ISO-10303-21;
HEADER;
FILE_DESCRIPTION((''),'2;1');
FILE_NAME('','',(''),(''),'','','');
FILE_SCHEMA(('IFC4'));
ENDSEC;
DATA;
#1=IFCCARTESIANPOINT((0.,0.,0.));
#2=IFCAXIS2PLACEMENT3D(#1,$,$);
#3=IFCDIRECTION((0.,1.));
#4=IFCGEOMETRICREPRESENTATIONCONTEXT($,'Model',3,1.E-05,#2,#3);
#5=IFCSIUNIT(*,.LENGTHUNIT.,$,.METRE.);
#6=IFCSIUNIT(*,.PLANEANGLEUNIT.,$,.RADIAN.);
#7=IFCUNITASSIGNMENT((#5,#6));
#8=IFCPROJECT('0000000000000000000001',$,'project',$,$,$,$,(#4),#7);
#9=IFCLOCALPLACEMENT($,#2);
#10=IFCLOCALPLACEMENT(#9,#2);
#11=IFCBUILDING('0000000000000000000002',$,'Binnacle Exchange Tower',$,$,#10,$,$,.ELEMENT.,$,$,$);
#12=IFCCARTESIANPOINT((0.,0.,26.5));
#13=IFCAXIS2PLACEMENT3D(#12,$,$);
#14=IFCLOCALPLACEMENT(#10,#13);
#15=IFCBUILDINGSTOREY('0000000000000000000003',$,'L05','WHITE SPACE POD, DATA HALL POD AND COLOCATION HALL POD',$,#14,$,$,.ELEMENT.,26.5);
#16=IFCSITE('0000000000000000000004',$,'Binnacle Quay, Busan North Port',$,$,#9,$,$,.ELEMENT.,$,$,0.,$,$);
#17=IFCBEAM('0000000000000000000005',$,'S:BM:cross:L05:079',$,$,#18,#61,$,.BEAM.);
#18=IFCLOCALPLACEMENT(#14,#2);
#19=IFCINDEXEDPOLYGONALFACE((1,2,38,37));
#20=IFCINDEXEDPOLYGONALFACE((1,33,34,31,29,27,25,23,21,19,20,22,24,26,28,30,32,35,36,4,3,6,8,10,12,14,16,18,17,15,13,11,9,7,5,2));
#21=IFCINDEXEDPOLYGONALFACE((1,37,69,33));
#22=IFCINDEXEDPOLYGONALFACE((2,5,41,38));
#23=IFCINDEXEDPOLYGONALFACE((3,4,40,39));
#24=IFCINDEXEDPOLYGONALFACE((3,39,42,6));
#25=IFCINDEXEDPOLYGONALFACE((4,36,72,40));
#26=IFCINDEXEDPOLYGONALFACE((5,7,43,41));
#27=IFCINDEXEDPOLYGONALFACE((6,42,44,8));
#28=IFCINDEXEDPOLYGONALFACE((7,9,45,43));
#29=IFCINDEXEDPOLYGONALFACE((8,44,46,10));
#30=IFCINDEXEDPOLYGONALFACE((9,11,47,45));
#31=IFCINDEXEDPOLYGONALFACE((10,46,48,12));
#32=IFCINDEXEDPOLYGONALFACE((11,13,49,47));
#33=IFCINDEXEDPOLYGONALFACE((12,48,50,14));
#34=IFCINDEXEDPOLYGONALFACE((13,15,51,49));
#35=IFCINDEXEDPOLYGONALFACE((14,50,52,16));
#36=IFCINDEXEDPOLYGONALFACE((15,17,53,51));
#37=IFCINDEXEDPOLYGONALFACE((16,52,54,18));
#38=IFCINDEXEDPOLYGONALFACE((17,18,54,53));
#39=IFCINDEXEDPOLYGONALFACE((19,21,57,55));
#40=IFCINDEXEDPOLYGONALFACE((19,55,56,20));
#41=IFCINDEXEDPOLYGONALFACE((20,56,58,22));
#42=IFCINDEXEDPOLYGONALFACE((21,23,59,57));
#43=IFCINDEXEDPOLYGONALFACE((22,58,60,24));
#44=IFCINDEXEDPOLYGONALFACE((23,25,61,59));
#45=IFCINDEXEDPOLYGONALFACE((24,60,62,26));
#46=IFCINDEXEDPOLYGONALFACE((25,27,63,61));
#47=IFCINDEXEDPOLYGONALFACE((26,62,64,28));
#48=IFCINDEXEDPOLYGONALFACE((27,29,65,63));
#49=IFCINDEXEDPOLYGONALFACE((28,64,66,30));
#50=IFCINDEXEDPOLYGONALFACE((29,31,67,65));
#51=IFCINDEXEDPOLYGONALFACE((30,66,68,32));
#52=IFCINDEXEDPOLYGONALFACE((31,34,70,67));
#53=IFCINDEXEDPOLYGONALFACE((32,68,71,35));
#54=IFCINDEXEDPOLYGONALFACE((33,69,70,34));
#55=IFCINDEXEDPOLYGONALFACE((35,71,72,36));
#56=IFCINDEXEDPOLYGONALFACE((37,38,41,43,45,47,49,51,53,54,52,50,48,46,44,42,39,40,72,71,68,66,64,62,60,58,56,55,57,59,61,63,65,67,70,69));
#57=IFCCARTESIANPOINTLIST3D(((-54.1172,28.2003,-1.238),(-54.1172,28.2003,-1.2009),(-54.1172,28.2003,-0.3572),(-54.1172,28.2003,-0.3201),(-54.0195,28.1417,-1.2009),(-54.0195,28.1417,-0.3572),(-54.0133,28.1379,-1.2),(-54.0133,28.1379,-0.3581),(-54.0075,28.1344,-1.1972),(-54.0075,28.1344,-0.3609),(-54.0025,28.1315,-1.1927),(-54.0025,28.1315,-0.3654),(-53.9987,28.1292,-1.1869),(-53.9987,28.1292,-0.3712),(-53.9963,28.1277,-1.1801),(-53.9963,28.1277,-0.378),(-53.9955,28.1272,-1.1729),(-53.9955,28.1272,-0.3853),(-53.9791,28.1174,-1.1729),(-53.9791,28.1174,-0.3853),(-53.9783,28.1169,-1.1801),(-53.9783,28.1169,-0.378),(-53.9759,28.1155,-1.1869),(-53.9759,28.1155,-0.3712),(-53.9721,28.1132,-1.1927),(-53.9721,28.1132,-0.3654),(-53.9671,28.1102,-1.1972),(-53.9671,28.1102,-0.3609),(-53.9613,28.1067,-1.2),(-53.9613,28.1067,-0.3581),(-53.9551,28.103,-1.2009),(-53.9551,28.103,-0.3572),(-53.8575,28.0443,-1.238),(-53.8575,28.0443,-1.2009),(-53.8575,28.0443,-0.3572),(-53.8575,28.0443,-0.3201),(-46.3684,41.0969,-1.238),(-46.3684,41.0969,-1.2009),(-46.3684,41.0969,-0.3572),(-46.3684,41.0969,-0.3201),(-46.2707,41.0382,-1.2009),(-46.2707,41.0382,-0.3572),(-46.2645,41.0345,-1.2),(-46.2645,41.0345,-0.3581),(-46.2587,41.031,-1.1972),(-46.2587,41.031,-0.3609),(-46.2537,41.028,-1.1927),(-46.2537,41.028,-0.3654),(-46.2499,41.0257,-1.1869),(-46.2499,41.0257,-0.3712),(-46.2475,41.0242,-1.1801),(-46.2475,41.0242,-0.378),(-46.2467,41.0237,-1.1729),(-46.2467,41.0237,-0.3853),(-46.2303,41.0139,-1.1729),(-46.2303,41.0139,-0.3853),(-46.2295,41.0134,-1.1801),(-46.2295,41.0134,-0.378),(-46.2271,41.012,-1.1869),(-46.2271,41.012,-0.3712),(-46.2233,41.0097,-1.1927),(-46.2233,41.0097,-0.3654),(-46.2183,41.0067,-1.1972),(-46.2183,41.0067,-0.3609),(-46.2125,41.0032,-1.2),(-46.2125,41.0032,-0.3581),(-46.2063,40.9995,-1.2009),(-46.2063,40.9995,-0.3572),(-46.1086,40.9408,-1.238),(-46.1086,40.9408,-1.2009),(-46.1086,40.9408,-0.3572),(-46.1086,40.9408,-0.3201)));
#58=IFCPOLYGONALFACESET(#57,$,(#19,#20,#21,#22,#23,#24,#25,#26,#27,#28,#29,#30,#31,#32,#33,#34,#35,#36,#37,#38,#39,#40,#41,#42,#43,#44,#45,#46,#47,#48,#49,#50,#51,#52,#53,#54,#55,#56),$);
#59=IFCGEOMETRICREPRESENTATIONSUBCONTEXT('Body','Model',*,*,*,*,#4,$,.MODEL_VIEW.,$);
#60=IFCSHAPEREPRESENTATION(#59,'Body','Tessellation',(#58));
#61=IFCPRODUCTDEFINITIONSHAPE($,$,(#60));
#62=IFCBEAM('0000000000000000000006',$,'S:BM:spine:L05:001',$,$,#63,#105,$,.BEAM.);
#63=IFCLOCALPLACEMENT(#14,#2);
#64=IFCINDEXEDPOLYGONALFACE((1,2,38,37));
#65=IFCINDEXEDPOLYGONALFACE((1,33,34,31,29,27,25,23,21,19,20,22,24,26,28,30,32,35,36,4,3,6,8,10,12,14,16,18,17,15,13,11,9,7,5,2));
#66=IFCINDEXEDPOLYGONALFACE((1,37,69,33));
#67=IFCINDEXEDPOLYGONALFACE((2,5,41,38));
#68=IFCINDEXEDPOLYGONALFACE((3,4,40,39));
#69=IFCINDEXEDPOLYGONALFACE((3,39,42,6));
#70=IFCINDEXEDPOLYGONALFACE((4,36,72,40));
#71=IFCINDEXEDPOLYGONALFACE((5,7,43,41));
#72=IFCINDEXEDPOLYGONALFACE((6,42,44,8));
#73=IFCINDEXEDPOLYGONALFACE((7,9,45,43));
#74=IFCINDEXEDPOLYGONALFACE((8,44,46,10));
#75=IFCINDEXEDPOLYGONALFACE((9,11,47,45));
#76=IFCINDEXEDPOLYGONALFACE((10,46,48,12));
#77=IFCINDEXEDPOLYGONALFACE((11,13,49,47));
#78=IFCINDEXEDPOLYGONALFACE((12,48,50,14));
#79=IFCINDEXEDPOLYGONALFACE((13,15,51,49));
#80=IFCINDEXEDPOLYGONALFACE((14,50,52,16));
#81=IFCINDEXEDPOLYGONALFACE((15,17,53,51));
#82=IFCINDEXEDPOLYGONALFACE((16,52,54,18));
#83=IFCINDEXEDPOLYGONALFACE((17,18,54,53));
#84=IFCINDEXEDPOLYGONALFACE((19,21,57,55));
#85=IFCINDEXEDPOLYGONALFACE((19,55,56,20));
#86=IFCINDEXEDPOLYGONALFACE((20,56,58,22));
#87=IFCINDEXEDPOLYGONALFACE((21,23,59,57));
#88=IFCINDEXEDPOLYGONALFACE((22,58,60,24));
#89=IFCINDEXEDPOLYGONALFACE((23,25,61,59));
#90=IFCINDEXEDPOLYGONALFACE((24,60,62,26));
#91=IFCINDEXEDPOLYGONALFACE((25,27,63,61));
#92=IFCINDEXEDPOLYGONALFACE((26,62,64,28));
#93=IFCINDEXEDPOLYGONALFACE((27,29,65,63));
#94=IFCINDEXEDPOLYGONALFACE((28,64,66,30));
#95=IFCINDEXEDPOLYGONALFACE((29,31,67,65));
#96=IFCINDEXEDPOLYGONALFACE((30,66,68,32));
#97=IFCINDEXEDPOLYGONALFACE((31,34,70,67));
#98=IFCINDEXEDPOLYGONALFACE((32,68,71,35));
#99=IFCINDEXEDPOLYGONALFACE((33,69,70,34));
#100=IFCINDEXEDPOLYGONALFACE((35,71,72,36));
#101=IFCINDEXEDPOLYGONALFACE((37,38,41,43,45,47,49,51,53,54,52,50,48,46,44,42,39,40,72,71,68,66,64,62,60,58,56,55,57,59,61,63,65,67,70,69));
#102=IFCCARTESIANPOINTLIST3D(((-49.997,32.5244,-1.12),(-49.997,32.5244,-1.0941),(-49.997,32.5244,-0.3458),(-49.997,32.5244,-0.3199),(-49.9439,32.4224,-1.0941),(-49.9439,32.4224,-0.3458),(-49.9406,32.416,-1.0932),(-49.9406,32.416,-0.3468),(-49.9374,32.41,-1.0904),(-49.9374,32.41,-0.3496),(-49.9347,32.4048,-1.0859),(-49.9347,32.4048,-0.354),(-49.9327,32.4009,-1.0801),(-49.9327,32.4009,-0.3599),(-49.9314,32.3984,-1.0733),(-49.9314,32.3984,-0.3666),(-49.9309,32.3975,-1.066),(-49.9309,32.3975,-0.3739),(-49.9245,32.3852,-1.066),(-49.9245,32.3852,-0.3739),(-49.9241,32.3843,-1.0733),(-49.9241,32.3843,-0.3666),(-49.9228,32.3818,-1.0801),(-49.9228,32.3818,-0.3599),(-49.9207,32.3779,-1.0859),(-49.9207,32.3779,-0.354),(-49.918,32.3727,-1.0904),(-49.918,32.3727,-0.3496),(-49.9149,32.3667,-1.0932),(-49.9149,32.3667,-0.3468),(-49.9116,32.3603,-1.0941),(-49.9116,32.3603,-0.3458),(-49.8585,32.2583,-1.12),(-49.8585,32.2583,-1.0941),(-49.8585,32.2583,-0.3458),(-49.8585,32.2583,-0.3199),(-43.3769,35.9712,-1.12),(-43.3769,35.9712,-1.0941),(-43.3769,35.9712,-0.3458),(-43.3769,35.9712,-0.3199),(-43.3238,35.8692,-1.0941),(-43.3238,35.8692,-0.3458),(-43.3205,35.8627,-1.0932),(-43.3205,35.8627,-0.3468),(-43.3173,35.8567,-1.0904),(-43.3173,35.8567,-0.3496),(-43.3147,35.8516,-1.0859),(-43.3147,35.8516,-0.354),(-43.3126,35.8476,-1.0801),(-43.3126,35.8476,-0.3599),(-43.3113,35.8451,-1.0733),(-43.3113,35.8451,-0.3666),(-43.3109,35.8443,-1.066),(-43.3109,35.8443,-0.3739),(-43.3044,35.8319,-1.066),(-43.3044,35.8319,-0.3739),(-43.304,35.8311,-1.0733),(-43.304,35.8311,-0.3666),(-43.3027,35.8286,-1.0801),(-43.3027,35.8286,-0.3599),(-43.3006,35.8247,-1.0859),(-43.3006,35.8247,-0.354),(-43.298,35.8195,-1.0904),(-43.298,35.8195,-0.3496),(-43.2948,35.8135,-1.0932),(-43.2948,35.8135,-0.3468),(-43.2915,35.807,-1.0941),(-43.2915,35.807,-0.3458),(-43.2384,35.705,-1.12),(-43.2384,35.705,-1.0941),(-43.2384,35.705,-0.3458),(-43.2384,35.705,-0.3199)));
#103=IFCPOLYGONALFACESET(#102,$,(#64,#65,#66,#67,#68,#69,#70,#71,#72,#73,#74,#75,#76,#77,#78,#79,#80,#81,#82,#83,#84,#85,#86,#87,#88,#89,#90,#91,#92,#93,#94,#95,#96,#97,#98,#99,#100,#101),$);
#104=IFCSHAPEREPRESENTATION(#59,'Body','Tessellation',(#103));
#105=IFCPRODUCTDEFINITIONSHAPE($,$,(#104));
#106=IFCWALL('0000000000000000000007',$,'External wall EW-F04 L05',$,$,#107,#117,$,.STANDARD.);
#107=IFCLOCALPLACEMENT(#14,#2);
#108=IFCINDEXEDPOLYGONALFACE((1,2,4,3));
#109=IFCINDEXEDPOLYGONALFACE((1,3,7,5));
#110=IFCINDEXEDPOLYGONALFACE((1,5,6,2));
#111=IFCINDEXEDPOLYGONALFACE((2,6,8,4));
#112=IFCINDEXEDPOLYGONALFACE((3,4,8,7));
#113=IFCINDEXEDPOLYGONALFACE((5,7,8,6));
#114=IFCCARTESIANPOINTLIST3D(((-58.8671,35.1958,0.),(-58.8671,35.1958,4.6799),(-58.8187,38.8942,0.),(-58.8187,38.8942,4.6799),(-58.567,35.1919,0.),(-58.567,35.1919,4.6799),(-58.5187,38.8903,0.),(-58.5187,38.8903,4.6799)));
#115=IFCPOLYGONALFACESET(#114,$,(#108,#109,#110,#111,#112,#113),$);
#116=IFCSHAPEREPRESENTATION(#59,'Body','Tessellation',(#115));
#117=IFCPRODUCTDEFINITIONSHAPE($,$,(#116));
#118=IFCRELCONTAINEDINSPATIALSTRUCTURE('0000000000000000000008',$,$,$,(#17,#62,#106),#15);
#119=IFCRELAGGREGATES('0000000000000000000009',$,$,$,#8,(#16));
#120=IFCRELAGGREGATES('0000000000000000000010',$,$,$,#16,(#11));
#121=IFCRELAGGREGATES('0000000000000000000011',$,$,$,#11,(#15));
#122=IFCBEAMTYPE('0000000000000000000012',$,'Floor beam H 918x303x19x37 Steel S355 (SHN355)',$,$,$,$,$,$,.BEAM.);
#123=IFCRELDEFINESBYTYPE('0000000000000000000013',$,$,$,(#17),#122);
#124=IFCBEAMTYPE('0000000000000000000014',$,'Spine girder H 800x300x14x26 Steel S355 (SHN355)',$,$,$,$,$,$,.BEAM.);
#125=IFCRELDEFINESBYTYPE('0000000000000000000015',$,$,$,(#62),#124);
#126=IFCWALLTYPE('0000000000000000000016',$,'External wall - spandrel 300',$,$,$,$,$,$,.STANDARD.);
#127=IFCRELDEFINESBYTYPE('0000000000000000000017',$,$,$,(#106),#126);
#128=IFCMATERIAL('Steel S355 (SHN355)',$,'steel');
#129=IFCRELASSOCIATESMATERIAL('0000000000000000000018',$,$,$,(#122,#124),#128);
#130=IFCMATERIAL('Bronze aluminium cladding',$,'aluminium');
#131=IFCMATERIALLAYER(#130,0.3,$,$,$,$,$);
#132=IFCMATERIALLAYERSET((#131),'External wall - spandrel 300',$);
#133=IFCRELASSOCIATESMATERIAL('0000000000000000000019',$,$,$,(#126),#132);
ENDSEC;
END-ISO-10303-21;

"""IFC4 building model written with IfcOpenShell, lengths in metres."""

from ifc_helpers import new_model, si_unit, direction, frame, frame_2d, origin, origin_2d, place, context, subcontext, project, spatial, rectangle, i_section, extrude, material, layer, layer_set, material_profile, profile_set, type_object, element, save


model = new_model("IFC4")

# Units and contexts
model_context = context("Model", 3, precision=1e-05, world=origin(), true_north=direction((0.0, 1.0)))
body_context = subcontext(model_context, "Body", "Model", "MODEL_VIEW")
ifc_project = project(units=[si_unit("LENGTHUNIT", "METRE"), si_unit("PLANEANGLEUNIT", "RADIAN")], contexts=[model_context])

# Site, building, storey
site_placement = place(None, origin())
site = spatial("IfcSite", under=ifc_project, at=site_placement, Name="Binnacle Quay, Busan North Port", CompositionType="ELEMENT", RefElevation=0.0)
building_placement = place(site_placement, origin())
building = spatial("IfcBuilding", under=site, at=building_placement, Name="Binnacle Exchange Tower", CompositionType="ELEMENT")
storey_placement = place(building_placement, frame((0.0, 0.0, 26.5)))
storey = spatial("IfcBuildingStorey", under=building, at=storey_placement, Name="L05", Description="WHITE SPACE POD, DATA HALL POD AND COLOCATION HALL POD", CompositionType="ELEMENT", Elevation=26.5)

# Beams
ifc_material_1 = material(Name="Steel S355 (SHN355)", Category="steel")
ifc_material_profile_1 = material_profile(ifc_material_1, i_section(OverallWidth=0.303, OverallDepth=0.918, WebThickness=0.019, FlangeThickness=0.0371, FilletRadius=0.0281, at=origin_2d()), Name="H 918x303x19x37")
ifc_profile_set_1 = profile_set([ifc_material_profile_1], Name="Steel S355 (SHN355)")
beam_type_1 = type_object("IfcBeamType", Name="Floor beam H 918x303x19x37 Steel S355 (SHN355)", PredefinedType="BEAM", material=ifc_profile_set_1)
beam_1_placement = place(storey_placement, frame((-53.9873, 28.1223, -0.7791), z_axis=(0.515028, 0.857173, 0.0), x_axis=(-0.857173, 0.515028, 0.0)))
element("IfcBeam", 1, at=beam_1_placement, inside=storey, type_object=beam_type_1, Name="S:BM:cross:L05:079", PredefinedType="BEAM", context=body_context, shape_type="SweptSolid", body=[
    extrude(i_section(OverallWidth=0.303, OverallDepth=0.918, WebThickness=0.019, FlangeThickness=0.0371, FilletRadius=0.0281, at=origin_2d()), origin(), (0.0, 0.0, 1.0), 15.0454),
])
ifc_material_profile_2 = material_profile(ifc_material_1, i_section(OverallWidth=0.3, OverallDepth=0.8, WebThickness=0.0139, FlangeThickness=0.0259, FilletRadius=0.0281, at=origin_2d()), Name="H 800x300x14x26")
ifc_profile_set_2 = profile_set([ifc_material_profile_2], Name="Steel S355 (SHN355)")
beam_type_2 = type_object("IfcBeamType", Name="Spine girder H 800x300x14x26 Steel S355 (SHN355)", PredefinedType="BEAM", material=ifc_profile_set_2)
beam_2_placement = place(storey_placement, frame((-49.9277, 32.3914, -0.72), z_axis=(0.88698, 0.461808, 0.0), x_axis=(-0.461808, 0.88698, 0.0)))
element("IfcBeam", 2, at=beam_2_placement, inside=storey, type_object=beam_type_2, Name="S:BM:spine:L05:001", PredefinedType="BEAM", context=body_context, shape_type="SweptSolid", body=[
    extrude(i_section(OverallWidth=0.3, OverallDepth=0.8, WebThickness=0.0139, FlangeThickness=0.0259, FilletRadius=0.0281, at=origin_2d()), origin(), (0.0, 0.0, 1.0), 7.4636),
])

# Wall
ifc_material_2 = material(Name="Bronze aluminium cladding", Category="aluminium")
ifc_layer = layer(ifc_material_2, 0.3)
ifc_layer_set = layer_set([ifc_layer], Name="External wall - spandrel 300")
wall_type = type_object("IfcWallType", Name="External wall - spandrel 300", PredefinedType="STANDARD", material=ifc_layer_set)
wall_placement = place(storey_placement, frame((-58.717, 35.1938, 0.0), z_axis=(0.0, 0.0, 1.0), x_axis=(0.013069, 0.999915, 0.0)))
element("IfcWall", 3, at=wall_placement, inside=storey, type_object=wall_type, Name="External wall EW-F04 L05", PredefinedType="STANDARD", context=body_context, shape_type="SweptSolid", body=[
    extrude(rectangle(XDim=3.6987, YDim=0.3, at=frame_2d((1.8494, 0.0))), origin(), (0.0, 0.0, 1.0), 4.6799),
])

save(model, "model.ifc")
